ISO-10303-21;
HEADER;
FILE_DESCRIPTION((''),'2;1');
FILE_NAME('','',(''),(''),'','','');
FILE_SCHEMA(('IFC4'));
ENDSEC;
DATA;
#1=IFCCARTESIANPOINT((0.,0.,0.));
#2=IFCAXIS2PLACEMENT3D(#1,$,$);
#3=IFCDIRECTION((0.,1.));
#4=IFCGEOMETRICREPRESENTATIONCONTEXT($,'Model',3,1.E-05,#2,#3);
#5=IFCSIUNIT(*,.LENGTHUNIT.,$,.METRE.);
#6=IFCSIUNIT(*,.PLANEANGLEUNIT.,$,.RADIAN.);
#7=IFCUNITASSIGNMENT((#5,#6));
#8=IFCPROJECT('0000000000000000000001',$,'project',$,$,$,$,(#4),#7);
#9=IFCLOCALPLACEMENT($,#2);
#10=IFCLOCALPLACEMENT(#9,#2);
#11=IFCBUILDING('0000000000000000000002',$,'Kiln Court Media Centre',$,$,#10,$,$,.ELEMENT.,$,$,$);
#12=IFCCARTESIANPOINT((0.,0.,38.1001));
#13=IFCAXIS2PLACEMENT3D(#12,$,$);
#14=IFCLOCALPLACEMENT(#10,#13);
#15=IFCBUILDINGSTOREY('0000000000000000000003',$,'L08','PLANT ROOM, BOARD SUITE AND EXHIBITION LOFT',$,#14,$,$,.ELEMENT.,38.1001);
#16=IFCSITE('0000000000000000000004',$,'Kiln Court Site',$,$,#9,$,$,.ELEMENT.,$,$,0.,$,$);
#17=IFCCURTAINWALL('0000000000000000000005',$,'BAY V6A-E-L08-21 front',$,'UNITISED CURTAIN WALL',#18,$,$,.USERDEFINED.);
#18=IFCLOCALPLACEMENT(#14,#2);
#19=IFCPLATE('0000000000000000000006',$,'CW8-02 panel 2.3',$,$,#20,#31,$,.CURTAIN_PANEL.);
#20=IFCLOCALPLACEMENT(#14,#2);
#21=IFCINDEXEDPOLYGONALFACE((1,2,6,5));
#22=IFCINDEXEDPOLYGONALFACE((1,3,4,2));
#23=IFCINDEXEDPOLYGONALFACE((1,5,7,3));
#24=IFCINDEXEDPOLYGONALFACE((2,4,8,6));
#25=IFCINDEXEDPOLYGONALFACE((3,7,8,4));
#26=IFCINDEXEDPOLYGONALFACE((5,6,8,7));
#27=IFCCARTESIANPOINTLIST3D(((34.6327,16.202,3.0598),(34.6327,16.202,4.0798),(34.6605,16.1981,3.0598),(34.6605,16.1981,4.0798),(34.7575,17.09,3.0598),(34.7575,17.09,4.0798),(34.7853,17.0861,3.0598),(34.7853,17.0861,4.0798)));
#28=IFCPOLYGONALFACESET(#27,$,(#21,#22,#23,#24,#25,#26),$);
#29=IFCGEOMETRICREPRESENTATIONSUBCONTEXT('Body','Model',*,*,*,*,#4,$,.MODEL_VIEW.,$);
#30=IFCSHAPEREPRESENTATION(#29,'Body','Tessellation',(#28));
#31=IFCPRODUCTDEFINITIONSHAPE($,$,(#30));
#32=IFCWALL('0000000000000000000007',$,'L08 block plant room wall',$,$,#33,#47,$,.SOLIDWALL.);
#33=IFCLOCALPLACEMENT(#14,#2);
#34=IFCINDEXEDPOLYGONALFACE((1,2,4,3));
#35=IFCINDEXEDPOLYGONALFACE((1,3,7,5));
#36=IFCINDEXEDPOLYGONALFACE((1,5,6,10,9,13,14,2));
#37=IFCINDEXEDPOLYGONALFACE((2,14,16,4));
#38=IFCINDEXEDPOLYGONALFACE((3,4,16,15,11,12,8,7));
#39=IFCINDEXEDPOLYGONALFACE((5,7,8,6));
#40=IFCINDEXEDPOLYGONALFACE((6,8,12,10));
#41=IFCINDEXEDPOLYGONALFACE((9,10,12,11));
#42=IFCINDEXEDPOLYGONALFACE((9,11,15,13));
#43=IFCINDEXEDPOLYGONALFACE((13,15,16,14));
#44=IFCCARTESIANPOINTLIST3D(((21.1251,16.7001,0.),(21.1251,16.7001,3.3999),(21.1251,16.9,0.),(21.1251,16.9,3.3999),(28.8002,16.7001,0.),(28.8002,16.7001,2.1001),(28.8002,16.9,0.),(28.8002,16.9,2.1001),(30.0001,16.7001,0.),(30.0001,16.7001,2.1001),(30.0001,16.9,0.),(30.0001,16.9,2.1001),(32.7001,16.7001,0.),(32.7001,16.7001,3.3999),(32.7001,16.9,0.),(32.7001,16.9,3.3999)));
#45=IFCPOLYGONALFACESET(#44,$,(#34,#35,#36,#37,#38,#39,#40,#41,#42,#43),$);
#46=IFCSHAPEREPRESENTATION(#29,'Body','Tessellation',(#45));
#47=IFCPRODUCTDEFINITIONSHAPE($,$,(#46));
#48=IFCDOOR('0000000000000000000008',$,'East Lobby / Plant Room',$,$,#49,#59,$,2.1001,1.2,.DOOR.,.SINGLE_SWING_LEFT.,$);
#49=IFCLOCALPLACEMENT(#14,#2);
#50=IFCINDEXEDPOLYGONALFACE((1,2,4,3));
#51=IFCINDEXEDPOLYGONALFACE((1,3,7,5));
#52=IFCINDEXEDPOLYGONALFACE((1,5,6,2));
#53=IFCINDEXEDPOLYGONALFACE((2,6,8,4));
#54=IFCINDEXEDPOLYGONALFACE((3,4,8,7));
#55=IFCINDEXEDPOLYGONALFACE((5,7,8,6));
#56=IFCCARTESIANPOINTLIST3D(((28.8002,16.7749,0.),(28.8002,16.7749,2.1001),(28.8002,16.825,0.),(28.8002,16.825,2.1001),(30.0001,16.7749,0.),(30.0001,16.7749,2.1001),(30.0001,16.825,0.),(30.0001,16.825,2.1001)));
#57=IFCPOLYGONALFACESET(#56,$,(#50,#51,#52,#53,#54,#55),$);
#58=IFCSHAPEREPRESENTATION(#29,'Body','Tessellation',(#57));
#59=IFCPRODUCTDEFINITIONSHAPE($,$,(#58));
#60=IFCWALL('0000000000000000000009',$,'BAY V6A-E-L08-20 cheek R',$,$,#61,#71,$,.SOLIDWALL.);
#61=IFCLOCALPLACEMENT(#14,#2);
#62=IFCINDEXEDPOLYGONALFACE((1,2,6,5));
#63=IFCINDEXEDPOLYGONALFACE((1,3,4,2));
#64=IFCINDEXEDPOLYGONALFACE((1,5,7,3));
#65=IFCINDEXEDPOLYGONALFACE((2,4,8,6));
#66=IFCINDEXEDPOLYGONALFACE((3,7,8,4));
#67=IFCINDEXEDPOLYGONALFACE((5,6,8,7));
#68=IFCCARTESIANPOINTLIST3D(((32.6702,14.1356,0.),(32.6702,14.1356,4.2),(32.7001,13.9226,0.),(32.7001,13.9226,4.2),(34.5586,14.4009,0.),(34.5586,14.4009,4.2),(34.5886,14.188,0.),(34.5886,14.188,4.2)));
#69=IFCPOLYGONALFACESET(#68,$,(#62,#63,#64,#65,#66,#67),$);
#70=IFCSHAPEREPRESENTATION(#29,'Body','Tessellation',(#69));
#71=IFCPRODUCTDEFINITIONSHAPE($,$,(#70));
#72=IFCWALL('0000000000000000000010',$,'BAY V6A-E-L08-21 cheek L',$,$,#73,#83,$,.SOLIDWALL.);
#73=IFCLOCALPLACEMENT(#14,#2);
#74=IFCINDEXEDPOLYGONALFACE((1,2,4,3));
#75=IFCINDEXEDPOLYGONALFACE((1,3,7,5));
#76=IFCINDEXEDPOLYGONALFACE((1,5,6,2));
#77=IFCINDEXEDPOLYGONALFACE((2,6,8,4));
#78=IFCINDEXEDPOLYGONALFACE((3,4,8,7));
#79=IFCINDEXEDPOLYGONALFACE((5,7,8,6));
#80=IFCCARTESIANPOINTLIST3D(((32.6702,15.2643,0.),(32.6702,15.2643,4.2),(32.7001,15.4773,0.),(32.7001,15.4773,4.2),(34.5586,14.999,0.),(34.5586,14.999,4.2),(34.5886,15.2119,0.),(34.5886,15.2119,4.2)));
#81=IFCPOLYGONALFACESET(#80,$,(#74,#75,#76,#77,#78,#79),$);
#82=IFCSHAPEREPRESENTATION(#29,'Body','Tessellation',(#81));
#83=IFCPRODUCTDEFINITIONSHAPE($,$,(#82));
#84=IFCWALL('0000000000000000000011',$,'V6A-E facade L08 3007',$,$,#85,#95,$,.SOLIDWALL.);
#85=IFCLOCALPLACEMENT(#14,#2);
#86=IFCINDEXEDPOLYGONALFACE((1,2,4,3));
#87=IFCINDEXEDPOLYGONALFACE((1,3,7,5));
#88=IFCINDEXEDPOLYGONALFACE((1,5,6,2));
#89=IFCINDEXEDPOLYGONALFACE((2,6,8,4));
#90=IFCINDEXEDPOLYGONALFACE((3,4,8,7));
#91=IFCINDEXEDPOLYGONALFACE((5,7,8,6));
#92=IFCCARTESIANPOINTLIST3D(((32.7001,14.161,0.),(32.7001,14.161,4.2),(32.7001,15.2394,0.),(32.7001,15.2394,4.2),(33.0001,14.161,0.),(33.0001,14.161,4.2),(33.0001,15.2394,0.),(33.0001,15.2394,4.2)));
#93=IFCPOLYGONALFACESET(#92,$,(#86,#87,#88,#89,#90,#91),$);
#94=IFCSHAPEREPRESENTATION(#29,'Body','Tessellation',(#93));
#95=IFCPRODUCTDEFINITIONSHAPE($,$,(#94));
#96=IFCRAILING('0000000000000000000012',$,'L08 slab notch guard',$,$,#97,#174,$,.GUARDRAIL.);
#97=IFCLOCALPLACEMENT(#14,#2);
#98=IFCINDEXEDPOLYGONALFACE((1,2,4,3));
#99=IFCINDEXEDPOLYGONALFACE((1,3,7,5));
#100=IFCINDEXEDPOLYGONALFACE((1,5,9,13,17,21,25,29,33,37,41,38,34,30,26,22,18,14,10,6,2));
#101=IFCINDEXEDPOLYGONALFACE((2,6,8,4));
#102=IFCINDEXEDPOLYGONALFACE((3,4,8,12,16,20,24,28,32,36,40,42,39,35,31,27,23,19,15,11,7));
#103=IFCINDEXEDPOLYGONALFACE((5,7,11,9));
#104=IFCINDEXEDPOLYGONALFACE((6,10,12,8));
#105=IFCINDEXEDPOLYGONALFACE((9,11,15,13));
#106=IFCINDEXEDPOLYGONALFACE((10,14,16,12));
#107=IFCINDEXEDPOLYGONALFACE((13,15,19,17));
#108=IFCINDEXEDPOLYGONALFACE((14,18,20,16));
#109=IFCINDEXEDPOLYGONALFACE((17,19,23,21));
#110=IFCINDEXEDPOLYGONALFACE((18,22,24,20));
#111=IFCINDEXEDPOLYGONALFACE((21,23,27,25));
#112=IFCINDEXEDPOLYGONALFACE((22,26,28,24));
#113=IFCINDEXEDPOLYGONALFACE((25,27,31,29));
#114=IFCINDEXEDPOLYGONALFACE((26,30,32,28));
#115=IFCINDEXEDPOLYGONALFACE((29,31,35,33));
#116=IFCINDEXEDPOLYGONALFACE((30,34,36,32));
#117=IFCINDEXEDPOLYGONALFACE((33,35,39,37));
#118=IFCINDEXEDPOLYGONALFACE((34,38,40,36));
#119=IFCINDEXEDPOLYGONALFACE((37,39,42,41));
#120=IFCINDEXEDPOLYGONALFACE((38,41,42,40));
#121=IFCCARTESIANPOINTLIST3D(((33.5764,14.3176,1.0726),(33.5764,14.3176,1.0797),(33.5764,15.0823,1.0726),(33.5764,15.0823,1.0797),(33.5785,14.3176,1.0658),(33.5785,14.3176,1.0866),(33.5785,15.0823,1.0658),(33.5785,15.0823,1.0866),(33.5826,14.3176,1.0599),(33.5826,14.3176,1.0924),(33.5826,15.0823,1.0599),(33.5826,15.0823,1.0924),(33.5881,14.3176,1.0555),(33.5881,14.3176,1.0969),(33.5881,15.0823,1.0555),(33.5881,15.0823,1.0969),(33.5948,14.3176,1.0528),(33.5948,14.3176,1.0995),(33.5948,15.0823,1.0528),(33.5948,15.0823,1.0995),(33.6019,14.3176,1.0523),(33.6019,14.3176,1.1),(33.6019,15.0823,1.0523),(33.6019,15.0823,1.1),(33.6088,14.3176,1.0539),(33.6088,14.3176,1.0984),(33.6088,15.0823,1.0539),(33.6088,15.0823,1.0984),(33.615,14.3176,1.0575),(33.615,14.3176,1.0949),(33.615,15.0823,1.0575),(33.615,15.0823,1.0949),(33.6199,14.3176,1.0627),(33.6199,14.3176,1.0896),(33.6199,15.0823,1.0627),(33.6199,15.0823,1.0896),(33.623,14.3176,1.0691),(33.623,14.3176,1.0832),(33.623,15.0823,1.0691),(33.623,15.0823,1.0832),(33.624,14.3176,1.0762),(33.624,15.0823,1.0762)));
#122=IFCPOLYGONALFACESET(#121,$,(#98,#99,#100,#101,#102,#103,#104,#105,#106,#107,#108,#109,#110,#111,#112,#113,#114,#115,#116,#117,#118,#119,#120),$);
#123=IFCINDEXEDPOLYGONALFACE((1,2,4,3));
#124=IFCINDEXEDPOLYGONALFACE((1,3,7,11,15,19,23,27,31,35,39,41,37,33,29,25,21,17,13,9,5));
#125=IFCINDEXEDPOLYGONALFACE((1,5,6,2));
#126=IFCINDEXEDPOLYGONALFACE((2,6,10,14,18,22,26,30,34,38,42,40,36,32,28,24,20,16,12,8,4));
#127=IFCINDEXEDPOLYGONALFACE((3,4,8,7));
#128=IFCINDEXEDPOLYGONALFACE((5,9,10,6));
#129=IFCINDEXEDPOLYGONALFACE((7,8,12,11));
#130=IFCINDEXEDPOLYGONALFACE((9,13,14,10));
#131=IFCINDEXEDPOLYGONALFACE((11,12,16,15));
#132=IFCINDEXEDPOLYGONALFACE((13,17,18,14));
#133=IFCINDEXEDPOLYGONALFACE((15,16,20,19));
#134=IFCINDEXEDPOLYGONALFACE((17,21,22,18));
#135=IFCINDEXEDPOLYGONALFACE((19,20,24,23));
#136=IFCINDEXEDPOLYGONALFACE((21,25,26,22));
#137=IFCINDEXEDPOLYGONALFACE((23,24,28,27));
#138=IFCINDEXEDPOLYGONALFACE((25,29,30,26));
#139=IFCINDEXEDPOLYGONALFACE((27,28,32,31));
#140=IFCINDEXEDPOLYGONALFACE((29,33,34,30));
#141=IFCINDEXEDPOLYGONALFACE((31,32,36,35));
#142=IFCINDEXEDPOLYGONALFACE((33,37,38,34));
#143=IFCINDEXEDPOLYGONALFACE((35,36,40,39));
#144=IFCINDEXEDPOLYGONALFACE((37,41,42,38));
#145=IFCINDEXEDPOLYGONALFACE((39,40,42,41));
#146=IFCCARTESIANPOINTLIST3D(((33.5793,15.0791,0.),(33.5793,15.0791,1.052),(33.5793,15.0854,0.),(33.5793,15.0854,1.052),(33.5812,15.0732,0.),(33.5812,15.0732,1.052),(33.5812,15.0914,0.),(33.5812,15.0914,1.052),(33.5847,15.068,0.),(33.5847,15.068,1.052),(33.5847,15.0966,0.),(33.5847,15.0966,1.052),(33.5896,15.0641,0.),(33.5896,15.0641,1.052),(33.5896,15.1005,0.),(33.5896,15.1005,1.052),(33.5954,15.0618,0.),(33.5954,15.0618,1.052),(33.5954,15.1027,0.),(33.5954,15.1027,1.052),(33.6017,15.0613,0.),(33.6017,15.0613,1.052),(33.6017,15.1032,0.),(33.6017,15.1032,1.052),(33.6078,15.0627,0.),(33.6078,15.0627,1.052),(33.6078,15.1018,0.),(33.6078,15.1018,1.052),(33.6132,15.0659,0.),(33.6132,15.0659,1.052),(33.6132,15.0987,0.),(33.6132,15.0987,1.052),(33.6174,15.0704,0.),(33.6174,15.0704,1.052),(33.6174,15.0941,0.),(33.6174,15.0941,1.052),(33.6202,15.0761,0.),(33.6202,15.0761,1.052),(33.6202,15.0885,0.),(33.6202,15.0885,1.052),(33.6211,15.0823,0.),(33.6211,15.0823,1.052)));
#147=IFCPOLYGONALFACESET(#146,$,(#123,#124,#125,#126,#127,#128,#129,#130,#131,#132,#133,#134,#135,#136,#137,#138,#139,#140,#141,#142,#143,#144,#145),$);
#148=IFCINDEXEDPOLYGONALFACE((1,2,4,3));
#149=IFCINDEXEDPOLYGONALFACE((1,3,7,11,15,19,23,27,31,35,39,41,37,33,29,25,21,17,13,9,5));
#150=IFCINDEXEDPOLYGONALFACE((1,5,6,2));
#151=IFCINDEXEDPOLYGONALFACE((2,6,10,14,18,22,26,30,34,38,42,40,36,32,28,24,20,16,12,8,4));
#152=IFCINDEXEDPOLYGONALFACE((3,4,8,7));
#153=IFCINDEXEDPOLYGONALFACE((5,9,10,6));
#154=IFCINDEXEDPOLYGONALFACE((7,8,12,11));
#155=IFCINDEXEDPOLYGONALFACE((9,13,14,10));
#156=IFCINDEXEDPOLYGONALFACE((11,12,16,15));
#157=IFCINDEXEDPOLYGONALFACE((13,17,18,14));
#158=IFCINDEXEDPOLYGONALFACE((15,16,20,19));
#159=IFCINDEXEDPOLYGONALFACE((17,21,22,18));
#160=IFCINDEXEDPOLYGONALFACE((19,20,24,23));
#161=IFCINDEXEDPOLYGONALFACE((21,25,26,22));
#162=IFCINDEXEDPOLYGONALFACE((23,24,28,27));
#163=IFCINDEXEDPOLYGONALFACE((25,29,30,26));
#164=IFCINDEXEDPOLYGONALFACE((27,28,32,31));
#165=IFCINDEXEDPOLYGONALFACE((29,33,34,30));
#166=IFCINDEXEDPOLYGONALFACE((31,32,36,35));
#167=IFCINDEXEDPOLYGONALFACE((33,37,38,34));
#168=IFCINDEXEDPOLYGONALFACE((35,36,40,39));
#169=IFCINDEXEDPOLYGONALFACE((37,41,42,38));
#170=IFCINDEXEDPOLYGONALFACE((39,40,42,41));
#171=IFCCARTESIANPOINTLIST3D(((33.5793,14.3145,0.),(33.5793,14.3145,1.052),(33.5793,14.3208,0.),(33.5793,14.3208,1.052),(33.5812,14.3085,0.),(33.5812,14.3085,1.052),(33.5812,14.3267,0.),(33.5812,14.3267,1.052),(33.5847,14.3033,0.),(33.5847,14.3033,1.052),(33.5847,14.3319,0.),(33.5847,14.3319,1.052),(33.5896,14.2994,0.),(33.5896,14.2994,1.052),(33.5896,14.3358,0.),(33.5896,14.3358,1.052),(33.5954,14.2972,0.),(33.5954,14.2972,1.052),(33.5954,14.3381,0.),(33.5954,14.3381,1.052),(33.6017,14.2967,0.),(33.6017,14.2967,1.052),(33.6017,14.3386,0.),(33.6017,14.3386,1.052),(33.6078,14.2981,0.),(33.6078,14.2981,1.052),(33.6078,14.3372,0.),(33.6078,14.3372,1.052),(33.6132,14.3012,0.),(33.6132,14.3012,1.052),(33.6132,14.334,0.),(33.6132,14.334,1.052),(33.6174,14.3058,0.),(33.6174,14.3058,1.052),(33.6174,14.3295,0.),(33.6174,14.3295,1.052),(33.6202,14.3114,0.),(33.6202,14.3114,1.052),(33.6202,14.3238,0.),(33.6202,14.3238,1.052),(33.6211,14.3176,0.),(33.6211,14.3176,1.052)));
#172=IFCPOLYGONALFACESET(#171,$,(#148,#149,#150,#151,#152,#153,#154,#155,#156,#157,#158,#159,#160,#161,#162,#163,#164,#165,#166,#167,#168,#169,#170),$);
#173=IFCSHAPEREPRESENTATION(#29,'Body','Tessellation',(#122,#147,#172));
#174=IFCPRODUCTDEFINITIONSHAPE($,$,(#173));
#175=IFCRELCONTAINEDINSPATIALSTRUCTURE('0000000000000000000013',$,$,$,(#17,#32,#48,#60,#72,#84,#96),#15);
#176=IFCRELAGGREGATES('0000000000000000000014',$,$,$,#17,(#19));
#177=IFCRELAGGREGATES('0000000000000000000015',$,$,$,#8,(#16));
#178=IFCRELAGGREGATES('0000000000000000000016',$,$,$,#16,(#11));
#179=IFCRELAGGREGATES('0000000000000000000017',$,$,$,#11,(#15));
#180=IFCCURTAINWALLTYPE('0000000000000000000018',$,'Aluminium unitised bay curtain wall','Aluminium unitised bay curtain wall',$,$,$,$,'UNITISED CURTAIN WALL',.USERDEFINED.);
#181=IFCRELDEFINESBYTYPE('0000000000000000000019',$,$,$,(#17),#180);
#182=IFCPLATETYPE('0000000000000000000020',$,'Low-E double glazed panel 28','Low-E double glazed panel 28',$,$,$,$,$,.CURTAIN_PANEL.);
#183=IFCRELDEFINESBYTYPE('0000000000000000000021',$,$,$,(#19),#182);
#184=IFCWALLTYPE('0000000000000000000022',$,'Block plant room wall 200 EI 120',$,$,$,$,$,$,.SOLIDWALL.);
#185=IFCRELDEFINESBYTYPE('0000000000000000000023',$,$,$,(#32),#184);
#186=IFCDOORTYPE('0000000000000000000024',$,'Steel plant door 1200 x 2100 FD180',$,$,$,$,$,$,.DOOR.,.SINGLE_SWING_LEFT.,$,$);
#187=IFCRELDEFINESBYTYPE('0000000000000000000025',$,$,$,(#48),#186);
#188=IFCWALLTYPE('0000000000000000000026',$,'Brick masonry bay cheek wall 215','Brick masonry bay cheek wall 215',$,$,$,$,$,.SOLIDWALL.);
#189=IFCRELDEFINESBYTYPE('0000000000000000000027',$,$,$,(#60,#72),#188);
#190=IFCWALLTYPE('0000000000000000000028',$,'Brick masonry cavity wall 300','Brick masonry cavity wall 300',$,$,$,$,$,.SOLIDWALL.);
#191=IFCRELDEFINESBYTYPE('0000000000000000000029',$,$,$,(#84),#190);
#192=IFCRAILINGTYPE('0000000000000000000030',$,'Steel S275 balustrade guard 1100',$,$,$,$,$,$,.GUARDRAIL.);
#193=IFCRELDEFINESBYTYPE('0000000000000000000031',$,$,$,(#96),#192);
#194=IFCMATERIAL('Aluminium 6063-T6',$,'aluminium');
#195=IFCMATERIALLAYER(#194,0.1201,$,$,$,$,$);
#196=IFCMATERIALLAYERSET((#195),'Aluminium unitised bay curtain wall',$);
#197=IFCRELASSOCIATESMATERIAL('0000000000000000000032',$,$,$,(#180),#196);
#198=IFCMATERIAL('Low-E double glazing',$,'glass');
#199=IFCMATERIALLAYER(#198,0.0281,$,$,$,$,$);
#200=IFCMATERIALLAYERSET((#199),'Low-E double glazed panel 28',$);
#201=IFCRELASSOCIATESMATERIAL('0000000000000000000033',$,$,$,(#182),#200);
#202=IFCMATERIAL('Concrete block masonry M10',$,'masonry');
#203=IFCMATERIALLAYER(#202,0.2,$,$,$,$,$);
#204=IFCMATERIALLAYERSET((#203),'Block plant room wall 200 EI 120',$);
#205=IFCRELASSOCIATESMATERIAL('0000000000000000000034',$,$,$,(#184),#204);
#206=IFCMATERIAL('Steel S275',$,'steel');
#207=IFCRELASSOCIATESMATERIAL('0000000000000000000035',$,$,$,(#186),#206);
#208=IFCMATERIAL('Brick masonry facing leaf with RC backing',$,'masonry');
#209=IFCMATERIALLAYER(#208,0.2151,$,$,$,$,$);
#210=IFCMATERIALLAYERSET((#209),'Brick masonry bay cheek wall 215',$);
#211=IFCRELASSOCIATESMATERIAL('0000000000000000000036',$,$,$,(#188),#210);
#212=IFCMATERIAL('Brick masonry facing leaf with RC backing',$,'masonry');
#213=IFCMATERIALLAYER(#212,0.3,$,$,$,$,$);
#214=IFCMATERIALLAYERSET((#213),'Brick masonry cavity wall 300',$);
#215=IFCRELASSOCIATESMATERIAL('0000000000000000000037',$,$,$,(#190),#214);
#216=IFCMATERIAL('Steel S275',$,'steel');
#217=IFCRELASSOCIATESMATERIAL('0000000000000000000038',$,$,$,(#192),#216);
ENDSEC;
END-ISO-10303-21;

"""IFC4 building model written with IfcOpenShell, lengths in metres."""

from ifc_helpers import new_model, si_unit, direction, frame, frame_2d, origin, origin_2d, place, context, subcontext, project, spatial, rectangle, circle, extrude, material, layer, layer_set, type_object, element, fill, aggregate, save


model = new_model("IFC4")

# Units and contexts
model_context = context("Model", 3, precision=1e-05, world=origin(), true_north=direction((0.0, 1.0)))
body_context = subcontext(model_context, "Body", "Model", "MODEL_VIEW")
ifc_project = project(units=[si_unit("LENGTHUNIT", "METRE"), si_unit("PLANEANGLEUNIT", "RADIAN")], contexts=[model_context])

# Site, building, storey
site_placement = place(None, origin())
site = spatial("IfcSite", under=ifc_project, at=site_placement, Name="Kiln Court Site", CompositionType="ELEMENT", RefElevation=0.0)
building_placement = place(site_placement, origin())
building = spatial("IfcBuilding", under=site, at=building_placement, Name="Kiln Court Media Centre", CompositionType="ELEMENT")
storey_placement = place(building_placement, frame((0.0, 0.0, 38.1001)))
storey = spatial("IfcBuildingStorey", under=building, at=storey_placement, Name="L08", Description="PLANT ROOM, BOARD SUITE AND EXHIBITION LOFT", CompositionType="ELEMENT", Elevation=38.1001)

# Shared definitions
ifc_material_1 = material(Name="Aluminium 6063-T6", Category="aluminium")
ifc_layer_1 = layer(ifc_material_1, 0.1201)
ifc_layer_set_1 = layer_set([ifc_layer_1], Name="Aluminium unitised bay curtain wall")
curtain_wall_type = type_object("IfcCurtainWallType", Name="Aluminium unitised bay curtain wall", Description="Aluminium unitised bay curtain wall", ElementType="UNITISED CURTAIN WALL", PredefinedType="USERDEFINED", material=ifc_layer_set_1)

# Curtain wall
curtain_wall_1_placement = place(storey_placement, origin())
curtain_wall_1 = element("IfcCurtainWall", 1, at=curtain_wall_1_placement, inside=storey, type_object=curtain_wall_type, Name="BAY V6A-E-L08-21 front", ObjectType="UNITISED CURTAIN WALL", PredefinedType="USERDEFINED")

# Plate
ifc_material_2 = material(Name="Low-E double glazing", Category="glass")
ifc_layer_2 = layer(ifc_material_2, 0.0281)
ifc_layer_set_2 = layer_set([ifc_layer_2], Name="Low-E double glazed panel 28")
plate_type_1 = type_object("IfcPlateType", Name="Low-E double glazed panel 28", Description="Low-E double glazed panel 28", PredefinedType="CURTAIN_PANEL", material=ifc_layer_set_2)
plate_1_placement = place(storey_placement, frame((34.709, 16.644, 3.0598), z_axis=(0.0, 0.0, 1.0), x_axis=(0.139162, 0.99027, 0.0)))
plate_1 = element("IfcPlate", 2, at=plate_1_placement, type_object=plate_type_1, Name="CW8-02 panel 2.3", PredefinedType="CURTAIN_PANEL", context=body_context, shape_type="SweptSolid", body=[
    extrude(rectangle(XDim=0.8967, YDim=0.0281, at=origin_2d()), origin(), (0.0, 0.0, 1.0), 1.02),
])
aggregate(curtain_wall_1, [plate_1])

# Wall, opening, door
ifc_material_3 = material(Name="Concrete block masonry M10", Category="masonry")
ifc_layer_3 = layer(ifc_material_3, 0.2)
ifc_layer_set_3 = layer_set([ifc_layer_3], Name="Block plant room wall 200 EI 120")
wall_type_1 = type_object("IfcWallType", Name="Block plant room wall 200 EI 120", PredefinedType="SOLIDWALL", material=ifc_layer_set_3)
wall_1_placement = place(storey_placement, frame((21.125, 16.8, 0.0), z_axis=(0.0, 0.0, 1.0), x_axis=(1.0, 0.0, 0.0)))
wall_1 = element("IfcWall", 3, at=wall_1_placement, inside=storey, type_object=wall_type_1, Name="L08 block plant room wall", PredefinedType="SOLIDWALL", context=body_context, shape_type="SweptSolid", body=[
    extrude(rectangle(XDim=11.575, YDim=0.2, at=frame_2d((5.7876, 0.0))), origin(), (0.0, 0.0, 1.0), 3.3999),
])
opening_placement = place(wall_1_placement, frame((7.675, 0.0, 0.0)))
opening = element("IfcOpeningElement", 4, at=opening_placement, cuts=wall_1, PredefinedType="OPENING", context=body_context, shape_type="SweptSolid", body=[
    extrude(rectangle(XDim=1.2, YDim=2.1001, at=frame_2d((0.6001, 1.05))), frame((0.0, 0.1099, 0.0), z_axis=(0.0, -1.0, 0.0), x_axis=(1.0, 0.0, 0.0)), (0.0, 0.0, 1.0), 0.22),
])
ifc_material_4 = material(Name="Steel S275", Category="steel")
door_type = type_object("IfcDoorType", Name="Steel plant door 1200 x 2100 FD180", OperationType="SINGLE_SWING_LEFT", PredefinedType="DOOR", material=ifc_material_4)
door_placement = place(opening_placement, origin())
door = element("IfcDoor", 5, at=door_placement, inside=storey, type_object=door_type, Name="East Lobby / Plant Room", OperationType="SINGLE_SWING_LEFT", OverallHeight=2.1001, OverallWidth=1.2, PredefinedType="DOOR", context=body_context, shape_type="SweptSolid", body=[
    extrude(rectangle(XDim=1.2, YDim=2.1001, at=frame_2d((0.6001, 1.05))), frame((0.0, 0.0249, 0.0), z_axis=(0.0, -1.0, 0.0), x_axis=(1.0, 0.0, 0.0)), (0.0, 0.0, 1.0), 0.05),
])
fill(opening, door)

# Walls
ifc_material_5 = material(Name="Brick masonry facing leaf with RC backing", Category="masonry")
ifc_layer_4 = layer(ifc_material_5, 0.2151)
ifc_layer_set_4 = layer_set([ifc_layer_4], Name="Brick masonry bay cheek wall 215")
wall_type_2 = type_object("IfcWallType", Name="Brick masonry bay cheek wall 215", Description="Brick masonry bay cheek wall 215", PredefinedType="SOLIDWALL", material=ifc_layer_set_4)
for number, where, z_axis, x_axis, name in (
    (6, (32.6851, 14.0291, 0.0), (0.0, 0.0, 1.0), (0.99027, 0.139163, 0.0), "BAY V6A-E-L08-20 cheek R"),
    (7, (32.6851, 15.3708, 0.0), (0.0, 0.0, 1.0), (0.99027, -0.139163, 0.0), "BAY V6A-E-L08-21 cheek L"),
):
    element("IfcWall", number, at=place(storey_placement, frame(where, z_axis=z_axis, x_axis=x_axis)), inside=storey, type_object=wall_type_2, Name=name, PredefinedType="SOLIDWALL", context=body_context, shape_type="SweptSolid", body=[
        extrude(rectangle(XDim=1.907, YDim=0.2151, at=frame_2d((0.9536, 0.0))), origin(), (0.0, 0.0, 1.0), 4.2),
    ])
ifc_material_6 = material(Name="Brick masonry facing leaf with RC backing", Category="masonry")
ifc_layer_5 = layer(ifc_material_6, 0.3)
ifc_layer_set_5 = layer_set([ifc_layer_5], Name="Brick masonry cavity wall 300")
wall_type_3 = type_object("IfcWallType", Name="Brick masonry cavity wall 300", Description="Brick masonry cavity wall 300", PredefinedType="SOLIDWALL", material=ifc_layer_set_5)
wall_2_placement = place(storey_placement, frame((32.8501, 15.2393, 0.0), z_axis=(0.0, 0.0, 1.0), x_axis=(0.0, -1.0, 0.0)))
element("IfcWall", 8, at=wall_2_placement, inside=storey, type_object=wall_type_3, Name="V6A-E facade L08 3007", PredefinedType="SOLIDWALL", context=body_context, shape_type="SweptSolid", body=[
    extrude(rectangle(XDim=1.0784, YDim=0.3, at=frame_2d((0.5391, 0.0))), origin(), (0.0, 0.0, 1.0), 4.2),
])

# Railing
ifc_material_7 = material(Name="Steel S275", Category="steel")
railing_type = type_object("IfcRailingType", Name="Steel S275 balustrade guard 1100", PredefinedType="GUARDRAIL", material=ifc_material_7)
railing_placement = place(storey_placement, frame((33.6001, 15.0823, 0.0)))
element("IfcRailing", 9, at=railing_placement, inside=storey, type_object=railing_type, Name="L08 slab notch guard", PredefinedType="GUARDRAIL", context=body_context, shape_type="SweptSolid", body=[
    extrude(circle(Radius=0.0239, at=origin_2d()), frame((0.0, 0.0, 1.0762), z_axis=(0.0, -1.0, 0.0), x_axis=(1.0, 0.0, 0.0)), (0.0, 0.0, 1.0), 0.7646),
    extrude(circle(Radius=0.021, at=origin_2d()), origin(), (0.0, 0.0, 1.0), 1.052),
    extrude(circle(Radius=0.021, at=origin_2d()), frame((0.0, -0.7646, 0.0)), (0.0, 0.0, 1.0), 1.052),
])

save(model, "model.ifc")
